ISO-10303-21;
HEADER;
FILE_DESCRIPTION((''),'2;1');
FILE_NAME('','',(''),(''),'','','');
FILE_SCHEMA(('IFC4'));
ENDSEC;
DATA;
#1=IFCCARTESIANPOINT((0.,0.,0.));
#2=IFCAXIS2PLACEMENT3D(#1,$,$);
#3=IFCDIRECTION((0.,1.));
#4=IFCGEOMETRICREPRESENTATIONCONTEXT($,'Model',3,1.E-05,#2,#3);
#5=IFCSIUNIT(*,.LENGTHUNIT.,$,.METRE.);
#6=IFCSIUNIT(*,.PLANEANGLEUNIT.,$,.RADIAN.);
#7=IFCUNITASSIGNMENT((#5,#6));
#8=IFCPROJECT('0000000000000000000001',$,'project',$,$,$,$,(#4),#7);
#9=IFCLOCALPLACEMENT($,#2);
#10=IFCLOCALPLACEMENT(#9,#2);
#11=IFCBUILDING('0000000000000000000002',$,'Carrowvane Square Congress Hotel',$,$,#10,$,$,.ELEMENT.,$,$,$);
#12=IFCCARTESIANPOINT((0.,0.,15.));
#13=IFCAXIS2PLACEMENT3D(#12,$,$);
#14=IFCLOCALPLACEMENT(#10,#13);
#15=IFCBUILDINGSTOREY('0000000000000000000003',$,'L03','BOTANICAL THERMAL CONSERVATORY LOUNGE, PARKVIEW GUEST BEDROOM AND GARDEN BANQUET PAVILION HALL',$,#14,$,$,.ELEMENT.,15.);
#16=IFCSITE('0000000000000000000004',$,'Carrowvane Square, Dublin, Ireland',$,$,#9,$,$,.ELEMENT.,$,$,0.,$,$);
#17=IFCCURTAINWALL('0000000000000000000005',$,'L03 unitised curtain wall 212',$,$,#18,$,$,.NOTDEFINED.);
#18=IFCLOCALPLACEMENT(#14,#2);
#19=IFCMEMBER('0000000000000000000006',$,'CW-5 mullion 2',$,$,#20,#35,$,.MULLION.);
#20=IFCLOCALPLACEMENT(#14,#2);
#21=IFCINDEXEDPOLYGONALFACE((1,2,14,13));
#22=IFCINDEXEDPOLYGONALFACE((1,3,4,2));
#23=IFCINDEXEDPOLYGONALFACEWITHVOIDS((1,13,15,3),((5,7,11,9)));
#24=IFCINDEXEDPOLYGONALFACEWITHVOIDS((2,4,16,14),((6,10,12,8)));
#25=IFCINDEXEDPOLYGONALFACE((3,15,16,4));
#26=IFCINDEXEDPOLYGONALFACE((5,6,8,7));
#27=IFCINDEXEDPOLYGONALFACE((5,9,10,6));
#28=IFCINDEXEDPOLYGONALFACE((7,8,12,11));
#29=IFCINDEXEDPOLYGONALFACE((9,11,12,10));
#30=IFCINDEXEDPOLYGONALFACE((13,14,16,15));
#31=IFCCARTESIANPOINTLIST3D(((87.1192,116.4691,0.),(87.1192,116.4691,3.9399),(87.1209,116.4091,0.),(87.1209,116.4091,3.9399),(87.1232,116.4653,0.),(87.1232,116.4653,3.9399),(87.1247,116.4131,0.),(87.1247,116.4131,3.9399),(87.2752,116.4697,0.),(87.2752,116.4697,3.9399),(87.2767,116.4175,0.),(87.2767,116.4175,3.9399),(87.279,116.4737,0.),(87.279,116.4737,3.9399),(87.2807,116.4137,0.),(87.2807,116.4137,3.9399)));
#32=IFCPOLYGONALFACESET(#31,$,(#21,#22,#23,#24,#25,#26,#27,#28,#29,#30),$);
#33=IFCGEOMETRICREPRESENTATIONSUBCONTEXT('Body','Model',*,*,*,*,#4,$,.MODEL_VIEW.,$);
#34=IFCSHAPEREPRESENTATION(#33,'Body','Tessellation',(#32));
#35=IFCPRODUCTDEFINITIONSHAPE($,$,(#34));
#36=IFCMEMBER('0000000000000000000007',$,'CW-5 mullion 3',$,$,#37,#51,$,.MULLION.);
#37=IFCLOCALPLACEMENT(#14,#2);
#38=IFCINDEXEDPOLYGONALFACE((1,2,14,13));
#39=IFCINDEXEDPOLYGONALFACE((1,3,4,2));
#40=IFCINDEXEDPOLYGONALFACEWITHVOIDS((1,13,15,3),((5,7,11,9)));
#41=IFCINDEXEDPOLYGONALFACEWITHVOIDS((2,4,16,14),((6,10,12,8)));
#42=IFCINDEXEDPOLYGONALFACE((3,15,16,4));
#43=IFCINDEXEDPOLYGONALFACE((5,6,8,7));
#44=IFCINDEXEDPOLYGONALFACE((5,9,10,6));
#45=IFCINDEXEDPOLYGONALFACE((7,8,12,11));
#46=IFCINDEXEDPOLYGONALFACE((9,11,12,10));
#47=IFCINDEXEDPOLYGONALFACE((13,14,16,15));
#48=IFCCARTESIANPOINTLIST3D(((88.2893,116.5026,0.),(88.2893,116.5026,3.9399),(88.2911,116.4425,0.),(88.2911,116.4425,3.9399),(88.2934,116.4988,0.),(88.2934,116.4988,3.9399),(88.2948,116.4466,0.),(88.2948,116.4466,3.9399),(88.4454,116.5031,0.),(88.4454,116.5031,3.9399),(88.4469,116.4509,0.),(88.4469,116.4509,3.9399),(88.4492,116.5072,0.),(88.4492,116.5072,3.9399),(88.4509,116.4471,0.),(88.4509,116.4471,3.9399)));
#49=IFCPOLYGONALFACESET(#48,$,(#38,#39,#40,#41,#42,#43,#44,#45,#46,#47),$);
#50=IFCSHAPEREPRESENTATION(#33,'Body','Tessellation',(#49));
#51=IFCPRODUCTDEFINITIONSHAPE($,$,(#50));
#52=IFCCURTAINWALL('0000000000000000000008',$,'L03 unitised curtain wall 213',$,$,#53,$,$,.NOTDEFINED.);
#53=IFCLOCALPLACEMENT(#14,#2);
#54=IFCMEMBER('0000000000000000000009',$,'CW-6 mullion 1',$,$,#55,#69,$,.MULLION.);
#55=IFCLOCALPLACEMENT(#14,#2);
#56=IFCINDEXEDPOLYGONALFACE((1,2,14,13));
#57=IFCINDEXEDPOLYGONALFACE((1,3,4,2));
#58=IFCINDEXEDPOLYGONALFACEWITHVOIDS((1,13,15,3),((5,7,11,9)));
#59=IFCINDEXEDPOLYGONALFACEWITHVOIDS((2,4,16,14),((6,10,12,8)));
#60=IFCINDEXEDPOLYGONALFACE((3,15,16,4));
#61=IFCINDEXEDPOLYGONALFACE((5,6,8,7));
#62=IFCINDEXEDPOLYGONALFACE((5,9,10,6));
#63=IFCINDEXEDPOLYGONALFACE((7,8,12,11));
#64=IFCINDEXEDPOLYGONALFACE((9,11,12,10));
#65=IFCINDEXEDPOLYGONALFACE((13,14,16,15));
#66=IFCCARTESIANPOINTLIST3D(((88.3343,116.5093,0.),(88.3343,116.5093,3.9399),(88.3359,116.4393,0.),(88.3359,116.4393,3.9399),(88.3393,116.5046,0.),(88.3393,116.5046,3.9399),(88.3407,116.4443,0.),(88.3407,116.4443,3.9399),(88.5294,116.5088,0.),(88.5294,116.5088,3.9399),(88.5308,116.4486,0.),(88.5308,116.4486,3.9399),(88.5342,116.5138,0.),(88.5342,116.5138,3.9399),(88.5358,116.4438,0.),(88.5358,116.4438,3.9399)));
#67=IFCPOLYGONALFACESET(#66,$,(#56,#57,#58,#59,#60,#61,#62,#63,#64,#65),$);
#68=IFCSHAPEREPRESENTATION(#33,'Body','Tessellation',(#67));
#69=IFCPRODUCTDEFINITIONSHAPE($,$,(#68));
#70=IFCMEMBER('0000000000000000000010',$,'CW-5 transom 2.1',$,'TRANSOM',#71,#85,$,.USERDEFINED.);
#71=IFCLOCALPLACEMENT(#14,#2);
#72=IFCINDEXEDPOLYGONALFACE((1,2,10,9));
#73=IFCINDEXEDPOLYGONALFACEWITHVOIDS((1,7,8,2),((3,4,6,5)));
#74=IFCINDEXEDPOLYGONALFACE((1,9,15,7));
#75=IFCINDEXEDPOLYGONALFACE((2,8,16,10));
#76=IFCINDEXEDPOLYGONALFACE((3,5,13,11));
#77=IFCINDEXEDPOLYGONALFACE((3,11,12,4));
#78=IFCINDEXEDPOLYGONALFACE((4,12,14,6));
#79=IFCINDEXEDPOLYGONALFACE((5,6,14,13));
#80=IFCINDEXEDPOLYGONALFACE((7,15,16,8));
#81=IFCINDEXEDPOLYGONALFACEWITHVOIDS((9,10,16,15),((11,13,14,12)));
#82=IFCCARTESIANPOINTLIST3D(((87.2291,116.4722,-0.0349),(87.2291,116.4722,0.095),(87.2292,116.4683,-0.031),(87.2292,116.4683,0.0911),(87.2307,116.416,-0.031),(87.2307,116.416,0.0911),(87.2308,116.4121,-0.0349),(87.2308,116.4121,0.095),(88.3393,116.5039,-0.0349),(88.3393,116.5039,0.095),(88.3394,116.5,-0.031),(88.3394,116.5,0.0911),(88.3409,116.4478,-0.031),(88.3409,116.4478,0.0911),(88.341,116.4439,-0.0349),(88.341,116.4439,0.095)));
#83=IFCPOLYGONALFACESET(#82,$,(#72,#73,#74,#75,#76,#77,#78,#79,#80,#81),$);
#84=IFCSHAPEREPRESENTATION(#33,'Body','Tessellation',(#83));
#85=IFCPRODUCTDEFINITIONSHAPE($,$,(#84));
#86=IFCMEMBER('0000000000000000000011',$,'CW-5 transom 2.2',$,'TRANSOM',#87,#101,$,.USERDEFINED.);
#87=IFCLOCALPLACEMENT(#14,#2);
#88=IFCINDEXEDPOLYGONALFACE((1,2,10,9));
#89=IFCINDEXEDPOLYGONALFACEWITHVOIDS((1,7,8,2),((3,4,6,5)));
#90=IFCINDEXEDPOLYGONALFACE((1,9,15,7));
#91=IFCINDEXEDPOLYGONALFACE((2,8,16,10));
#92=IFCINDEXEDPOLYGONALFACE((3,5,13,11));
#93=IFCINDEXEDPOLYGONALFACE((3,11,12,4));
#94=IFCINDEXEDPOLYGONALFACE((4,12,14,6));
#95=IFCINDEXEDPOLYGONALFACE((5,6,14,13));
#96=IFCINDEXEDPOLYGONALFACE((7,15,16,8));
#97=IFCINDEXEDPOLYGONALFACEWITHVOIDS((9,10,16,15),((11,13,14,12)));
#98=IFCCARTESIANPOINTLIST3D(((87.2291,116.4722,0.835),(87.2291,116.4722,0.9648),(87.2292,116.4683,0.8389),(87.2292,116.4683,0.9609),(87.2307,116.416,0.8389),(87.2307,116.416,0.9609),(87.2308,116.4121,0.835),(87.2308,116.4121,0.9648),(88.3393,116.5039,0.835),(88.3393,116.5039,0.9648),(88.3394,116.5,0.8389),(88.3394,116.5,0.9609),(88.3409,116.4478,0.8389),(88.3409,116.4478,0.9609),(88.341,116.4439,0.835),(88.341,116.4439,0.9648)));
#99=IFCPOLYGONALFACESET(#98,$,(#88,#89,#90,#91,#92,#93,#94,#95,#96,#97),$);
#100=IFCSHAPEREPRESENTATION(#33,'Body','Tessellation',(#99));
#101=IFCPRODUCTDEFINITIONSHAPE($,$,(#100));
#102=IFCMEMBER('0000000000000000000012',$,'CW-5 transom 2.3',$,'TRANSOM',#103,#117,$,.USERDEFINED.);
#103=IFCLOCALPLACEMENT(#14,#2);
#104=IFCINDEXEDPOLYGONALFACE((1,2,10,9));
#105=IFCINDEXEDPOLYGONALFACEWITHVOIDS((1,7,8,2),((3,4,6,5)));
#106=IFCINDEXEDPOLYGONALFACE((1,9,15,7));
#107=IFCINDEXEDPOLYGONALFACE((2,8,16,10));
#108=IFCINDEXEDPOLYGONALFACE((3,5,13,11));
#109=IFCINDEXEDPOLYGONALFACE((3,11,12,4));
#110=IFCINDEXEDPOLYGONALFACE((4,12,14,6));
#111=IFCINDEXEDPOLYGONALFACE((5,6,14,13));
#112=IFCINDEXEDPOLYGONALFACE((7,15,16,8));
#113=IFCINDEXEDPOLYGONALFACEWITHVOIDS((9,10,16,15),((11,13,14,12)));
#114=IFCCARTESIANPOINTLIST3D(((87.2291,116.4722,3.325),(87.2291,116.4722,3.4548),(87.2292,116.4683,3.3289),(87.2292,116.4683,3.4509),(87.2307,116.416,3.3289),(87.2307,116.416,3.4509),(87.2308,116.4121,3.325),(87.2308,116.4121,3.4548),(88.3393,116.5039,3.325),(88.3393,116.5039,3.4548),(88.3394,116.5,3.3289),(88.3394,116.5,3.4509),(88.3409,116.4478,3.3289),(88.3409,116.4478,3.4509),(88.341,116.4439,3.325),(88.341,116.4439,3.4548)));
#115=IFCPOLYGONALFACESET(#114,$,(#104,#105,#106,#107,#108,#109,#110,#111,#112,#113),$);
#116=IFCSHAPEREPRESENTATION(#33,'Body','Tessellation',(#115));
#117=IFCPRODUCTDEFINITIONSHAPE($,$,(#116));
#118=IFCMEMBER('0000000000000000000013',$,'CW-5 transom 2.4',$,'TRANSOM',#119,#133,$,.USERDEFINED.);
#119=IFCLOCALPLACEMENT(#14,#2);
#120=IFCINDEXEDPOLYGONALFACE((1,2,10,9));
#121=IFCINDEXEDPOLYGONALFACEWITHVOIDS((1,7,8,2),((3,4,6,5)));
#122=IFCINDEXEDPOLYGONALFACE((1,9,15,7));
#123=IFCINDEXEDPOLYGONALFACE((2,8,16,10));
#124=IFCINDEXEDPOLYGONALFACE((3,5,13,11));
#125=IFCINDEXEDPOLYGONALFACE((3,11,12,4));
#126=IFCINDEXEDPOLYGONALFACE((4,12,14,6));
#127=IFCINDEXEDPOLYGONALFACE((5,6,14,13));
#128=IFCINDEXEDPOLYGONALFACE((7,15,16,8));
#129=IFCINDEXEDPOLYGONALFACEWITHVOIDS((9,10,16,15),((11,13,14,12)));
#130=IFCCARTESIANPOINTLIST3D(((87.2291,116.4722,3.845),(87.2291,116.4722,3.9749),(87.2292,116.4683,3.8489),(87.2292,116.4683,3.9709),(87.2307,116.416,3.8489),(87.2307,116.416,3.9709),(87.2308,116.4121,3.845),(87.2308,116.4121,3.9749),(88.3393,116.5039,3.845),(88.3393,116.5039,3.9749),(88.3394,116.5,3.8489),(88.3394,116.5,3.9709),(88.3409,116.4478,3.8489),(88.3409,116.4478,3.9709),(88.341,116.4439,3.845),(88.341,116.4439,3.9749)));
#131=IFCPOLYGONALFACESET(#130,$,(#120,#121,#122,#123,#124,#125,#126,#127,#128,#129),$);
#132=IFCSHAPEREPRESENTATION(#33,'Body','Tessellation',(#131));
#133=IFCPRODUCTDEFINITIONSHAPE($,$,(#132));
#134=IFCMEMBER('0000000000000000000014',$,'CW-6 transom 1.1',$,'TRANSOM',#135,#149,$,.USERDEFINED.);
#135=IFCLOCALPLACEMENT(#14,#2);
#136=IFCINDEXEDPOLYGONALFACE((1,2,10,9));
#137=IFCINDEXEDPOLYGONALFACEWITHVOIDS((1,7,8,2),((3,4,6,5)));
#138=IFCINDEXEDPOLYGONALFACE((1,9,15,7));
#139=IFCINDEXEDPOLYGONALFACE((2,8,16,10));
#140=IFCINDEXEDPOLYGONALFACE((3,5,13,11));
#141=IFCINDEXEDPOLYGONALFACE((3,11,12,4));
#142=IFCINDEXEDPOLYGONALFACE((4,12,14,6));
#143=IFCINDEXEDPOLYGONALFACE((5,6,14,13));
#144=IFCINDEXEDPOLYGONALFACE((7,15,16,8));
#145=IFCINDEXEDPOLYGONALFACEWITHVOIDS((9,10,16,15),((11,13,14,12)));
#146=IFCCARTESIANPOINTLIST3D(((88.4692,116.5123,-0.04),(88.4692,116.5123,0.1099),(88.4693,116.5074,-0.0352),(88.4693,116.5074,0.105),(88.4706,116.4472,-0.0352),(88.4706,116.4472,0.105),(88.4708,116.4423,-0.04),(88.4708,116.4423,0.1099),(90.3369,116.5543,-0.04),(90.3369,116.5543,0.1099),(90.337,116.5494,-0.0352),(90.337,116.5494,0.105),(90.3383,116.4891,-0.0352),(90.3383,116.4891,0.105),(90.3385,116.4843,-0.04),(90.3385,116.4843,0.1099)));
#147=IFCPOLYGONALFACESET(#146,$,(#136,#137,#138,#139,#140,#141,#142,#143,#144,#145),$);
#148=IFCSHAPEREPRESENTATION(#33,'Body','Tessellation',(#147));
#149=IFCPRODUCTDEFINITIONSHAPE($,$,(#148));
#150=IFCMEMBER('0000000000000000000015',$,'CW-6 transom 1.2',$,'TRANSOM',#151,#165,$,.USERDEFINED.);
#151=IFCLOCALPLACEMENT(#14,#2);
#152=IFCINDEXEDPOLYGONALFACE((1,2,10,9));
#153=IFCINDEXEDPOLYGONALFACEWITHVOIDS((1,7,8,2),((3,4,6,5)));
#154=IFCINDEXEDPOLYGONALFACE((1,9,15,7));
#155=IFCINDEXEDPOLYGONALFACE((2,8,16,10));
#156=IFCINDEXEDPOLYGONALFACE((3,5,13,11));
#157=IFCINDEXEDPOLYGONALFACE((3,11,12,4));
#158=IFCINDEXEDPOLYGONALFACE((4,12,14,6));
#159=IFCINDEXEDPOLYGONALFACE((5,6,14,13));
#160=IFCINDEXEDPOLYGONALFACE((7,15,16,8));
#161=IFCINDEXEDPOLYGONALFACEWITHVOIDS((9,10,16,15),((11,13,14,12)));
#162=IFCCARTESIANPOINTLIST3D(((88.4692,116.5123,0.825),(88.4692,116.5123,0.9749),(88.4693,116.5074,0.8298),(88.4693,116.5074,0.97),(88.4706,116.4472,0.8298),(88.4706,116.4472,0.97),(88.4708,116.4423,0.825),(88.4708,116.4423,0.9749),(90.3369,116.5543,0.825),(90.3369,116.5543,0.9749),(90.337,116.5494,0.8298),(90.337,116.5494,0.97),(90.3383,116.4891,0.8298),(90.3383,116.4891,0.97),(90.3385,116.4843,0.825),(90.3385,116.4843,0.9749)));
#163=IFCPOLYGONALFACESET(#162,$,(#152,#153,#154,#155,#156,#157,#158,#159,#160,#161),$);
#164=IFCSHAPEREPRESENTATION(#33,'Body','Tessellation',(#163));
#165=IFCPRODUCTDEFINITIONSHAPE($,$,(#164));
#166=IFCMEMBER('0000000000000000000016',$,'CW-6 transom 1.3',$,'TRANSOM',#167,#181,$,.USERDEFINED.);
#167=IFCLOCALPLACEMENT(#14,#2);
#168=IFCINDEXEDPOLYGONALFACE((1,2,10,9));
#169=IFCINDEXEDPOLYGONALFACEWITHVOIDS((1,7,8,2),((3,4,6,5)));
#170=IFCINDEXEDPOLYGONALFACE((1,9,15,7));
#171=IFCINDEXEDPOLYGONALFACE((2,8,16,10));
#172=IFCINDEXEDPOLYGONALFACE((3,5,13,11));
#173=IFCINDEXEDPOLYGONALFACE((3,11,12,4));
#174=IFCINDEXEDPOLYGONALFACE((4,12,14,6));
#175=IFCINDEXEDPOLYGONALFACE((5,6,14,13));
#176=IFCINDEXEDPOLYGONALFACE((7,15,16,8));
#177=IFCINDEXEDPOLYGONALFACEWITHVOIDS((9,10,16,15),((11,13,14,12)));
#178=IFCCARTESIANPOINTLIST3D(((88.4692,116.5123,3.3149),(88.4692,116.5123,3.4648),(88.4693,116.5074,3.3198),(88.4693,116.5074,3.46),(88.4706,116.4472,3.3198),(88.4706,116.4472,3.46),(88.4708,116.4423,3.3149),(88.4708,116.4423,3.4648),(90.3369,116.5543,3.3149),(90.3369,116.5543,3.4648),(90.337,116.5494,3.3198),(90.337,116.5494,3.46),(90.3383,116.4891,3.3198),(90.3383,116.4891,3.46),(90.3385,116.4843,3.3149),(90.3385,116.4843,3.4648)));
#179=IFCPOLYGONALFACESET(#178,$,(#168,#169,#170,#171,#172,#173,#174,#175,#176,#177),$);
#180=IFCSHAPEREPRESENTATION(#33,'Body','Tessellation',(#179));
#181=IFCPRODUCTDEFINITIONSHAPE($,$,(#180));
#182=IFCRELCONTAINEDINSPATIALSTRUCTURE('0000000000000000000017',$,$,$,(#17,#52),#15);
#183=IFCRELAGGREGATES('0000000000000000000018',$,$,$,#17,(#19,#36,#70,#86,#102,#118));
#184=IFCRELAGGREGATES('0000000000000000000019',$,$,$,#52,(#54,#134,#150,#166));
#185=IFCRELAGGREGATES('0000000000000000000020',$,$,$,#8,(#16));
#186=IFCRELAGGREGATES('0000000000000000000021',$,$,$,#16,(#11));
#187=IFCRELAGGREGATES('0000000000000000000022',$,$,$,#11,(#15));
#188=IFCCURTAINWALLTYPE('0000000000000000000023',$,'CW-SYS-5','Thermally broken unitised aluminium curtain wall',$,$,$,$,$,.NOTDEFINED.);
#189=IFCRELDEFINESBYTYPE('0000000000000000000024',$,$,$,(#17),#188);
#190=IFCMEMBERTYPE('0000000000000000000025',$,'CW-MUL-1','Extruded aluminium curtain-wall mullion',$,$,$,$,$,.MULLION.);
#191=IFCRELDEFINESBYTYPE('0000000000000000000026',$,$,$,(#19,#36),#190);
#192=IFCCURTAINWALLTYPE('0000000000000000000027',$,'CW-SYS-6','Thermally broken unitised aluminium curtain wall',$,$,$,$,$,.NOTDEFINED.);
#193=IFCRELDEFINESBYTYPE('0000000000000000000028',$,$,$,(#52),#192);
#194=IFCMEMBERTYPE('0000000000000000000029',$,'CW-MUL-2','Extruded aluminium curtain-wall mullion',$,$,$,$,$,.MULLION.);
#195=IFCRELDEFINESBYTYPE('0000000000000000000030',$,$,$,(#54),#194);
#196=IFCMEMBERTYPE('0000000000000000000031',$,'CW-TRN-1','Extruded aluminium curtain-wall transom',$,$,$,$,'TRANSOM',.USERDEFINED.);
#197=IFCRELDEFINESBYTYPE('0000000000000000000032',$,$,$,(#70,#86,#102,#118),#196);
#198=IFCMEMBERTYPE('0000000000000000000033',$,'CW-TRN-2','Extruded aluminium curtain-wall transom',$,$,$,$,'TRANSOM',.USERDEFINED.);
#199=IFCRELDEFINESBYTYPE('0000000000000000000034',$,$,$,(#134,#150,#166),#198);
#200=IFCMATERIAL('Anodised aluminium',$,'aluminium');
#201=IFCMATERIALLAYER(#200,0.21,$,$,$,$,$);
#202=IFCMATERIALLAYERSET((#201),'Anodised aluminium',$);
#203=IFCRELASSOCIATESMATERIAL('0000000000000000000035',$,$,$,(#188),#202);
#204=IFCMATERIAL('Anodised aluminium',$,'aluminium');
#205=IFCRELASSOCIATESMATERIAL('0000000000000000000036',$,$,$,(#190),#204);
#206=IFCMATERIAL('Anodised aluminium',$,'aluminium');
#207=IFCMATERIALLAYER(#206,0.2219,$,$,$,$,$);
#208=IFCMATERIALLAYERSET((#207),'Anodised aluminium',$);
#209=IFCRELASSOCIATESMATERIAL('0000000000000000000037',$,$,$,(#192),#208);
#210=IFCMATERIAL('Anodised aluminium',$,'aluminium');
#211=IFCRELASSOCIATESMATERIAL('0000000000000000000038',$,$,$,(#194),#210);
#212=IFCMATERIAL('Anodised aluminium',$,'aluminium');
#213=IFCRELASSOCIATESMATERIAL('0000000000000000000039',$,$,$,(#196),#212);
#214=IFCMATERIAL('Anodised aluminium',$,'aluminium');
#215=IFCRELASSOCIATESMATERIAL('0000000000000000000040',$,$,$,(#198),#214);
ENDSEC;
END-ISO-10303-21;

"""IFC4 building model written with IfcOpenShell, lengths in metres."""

from ifc_helpers import new_model, si_unit, direction, frame, origin, origin_2d, place, context, subcontext, project, spatial, hollow_rectangle, extrude, material, layer, layer_set, material_profile, profile_set, type_object, element, aggregate, save


model = new_model("IFC4")

# Units and contexts
model_context = context("Model", 3, precision=1e-05, world=origin(), true_north=direction((0.0, 1.0)))
body_context = subcontext(model_context, "Body", "Model", "MODEL_VIEW")
ifc_project = project(units=[si_unit("LENGTHUNIT", "METRE"), si_unit("PLANEANGLEUNIT", "RADIAN")], contexts=[model_context])

# Site, building, storey
site_placement = place(None, origin())
site = spatial("IfcSite", under=ifc_project, at=site_placement, Name="Carrowvane Square, Dublin, Ireland", CompositionType="ELEMENT", RefElevation=0.0)
building_placement = place(site_placement, origin())
building = spatial("IfcBuilding", under=site, at=building_placement, Name="Carrowvane Square Congress Hotel", CompositionType="ELEMENT")
storey_placement = place(building_placement, frame((0.0, 0.0, 15.0)))
storey = spatial("IfcBuildingStorey", under=building, at=storey_placement, Name="L03", Description="BOTANICAL THERMAL CONSERVATORY LOUNGE, PARKVIEW GUEST BEDROOM AND GARDEN BANQUET PAVILION HALL", CompositionType="ELEMENT", Elevation=15.0)

# Curtain wall, members
ifc_material_1 = material(Name="Anodised aluminium", Category="aluminium")
ifc_layer_1 = layer(ifc_material_1, 0.21)
ifc_layer_set_1 = layer_set([ifc_layer_1], Name="Anodised aluminium")
curtain_wall_type_1 = type_object("IfcCurtainWallType", Name="CW-SYS-5", Description="Thermally broken unitised aluminium curtain wall", PredefinedType="NOTDEFINED", material=ifc_layer_set_1)
curtain_wall_1_placement = place(storey_placement, origin())
curtain_wall_1 = element("IfcCurtainWall", 1, at=curtain_wall_1_placement, inside=storey, type_object=curtain_wall_type_1, Name="L03 unitised curtain wall 212", PredefinedType="NOTDEFINED")
ifc_material_2 = material(Name="Anodised aluminium", Category="aluminium")
ifc_material_profile_1 = material_profile(ifc_material_2, hollow_rectangle(XDim=0.0601, YDim=0.1599, WallThickness=0.0039, at=origin_2d()), Name="CW-ML 60x160x4")
ifc_profile_set_1 = profile_set([ifc_material_profile_1], Name="Anodised aluminium")
member_type_1 = type_object("IfcMemberType", Name="CW-MUL-1", Description="Extruded aluminium curtain-wall mullion", PredefinedType="MULLION", material=ifc_profile_set_1)
member_1_placement = place(storey_placement, frame((87.2, 116.4414, 0.0), z_axis=(0.0, 0.0, 1.0), x_axis=(-0.028638, 0.99959, 0.0)))
member_1 = element("IfcMember", 2, at=member_1_placement, type_object=member_type_1, Name="CW-5 mullion 2", PredefinedType="MULLION", context=body_context, shape_type="SweptSolid", body=[
    extrude(hollow_rectangle(XDim=0.0601, YDim=0.1599, WallThickness=0.0039, at=origin_2d()), origin(), (0.0, 0.0, 1.0), 3.9399),
])
member_2_placement = place(storey_placement, frame((88.3701, 116.4749, 0.0), z_axis=(0.0, 0.0, 1.0), x_axis=(-0.028638, 0.99959, 0.0)))
member_2 = element("IfcMember", 3, at=member_2_placement, type_object=member_type_1, Name="CW-5 mullion 3", PredefinedType="MULLION", context=body_context, shape_type="SweptSolid", body=[
    extrude(hollow_rectangle(XDim=0.0601, YDim=0.1599, WallThickness=0.0039, at=origin_2d()), origin(), (0.0, 0.0, 1.0), 3.9399),
])

# Curtain wall, member
ifc_material_3 = material(Name="Anodised aluminium", Category="aluminium")
ifc_layer_2 = layer(ifc_material_3, 0.2219)
ifc_layer_set_2 = layer_set([ifc_layer_2], Name="Anodised aluminium")
curtain_wall_type_2 = type_object("IfcCurtainWallType", Name="CW-SYS-6", Description="Thermally broken unitised aluminium curtain wall", PredefinedType="NOTDEFINED", material=ifc_layer_set_2)
curtain_wall_2_placement = place(storey_placement, origin())
curtain_wall_2 = element("IfcCurtainWall", 4, at=curtain_wall_2_placement, inside=storey, type_object=curtain_wall_type_2, Name="L03 unitised curtain wall 213", PredefinedType="NOTDEFINED")
ifc_material_4 = material(Name="Anodised aluminium", Category="aluminium")
ifc_material_profile_2 = material_profile(ifc_material_4, hollow_rectangle(XDim=0.0701, YDim=0.2, WallThickness=0.0049, at=origin_2d()), Name="CW-ML 70x200x5")
ifc_profile_set_2 = profile_set([ifc_material_profile_2], Name="Anodised aluminium")
member_type_2 = type_object("IfcMemberType", Name="CW-MUL-2", Description="Extruded aluminium curtain-wall mullion", PredefinedType="MULLION", material=ifc_profile_set_2)
member_3_placement = place(storey_placement, frame((88.4351, 116.4766, 0.0), z_axis=(0.0, 0.0, 1.0), x_axis=(-0.022518, 0.999746, 0.0)))
member_3 = element("IfcMember", 5, at=member_3_placement, type_object=member_type_2, Name="CW-6 mullion 1", PredefinedType="MULLION", context=body_context, shape_type="SweptSolid", body=[
    extrude(hollow_rectangle(XDim=0.0701, YDim=0.2, WallThickness=0.0049, at=origin_2d()), origin(), (0.0, 0.0, 1.0), 3.9399),
])

# Members
ifc_material_5 = material(Name="Anodised aluminium", Category="aluminium")
ifc_material_profile_3 = material_profile(ifc_material_5, hollow_rectangle(XDim=0.0601, YDim=0.1299, WallThickness=0.0039, at=origin_2d()), Name="CW-TR 60x130x4")
ifc_profile_set_3 = profile_set([ifc_material_profile_3], Name="Anodised aluminium")
member_type_3 = type_object("IfcMemberType", Name="CW-TRN-1", Description="Extruded aluminium curtain-wall transom", ElementType="TRANSOM", PredefinedType="USERDEFINED", material=ifc_profile_set_3)
member_4_placement = place(storey_placement, frame((87.23, 116.4421, 0.03), z_axis=(0.999592, 0.028579, 0.0), x_axis=(-0.028579, 0.999592, 0.0)))
member_4 = element("IfcMember", 6, at=member_4_placement, type_object=member_type_3, Name="CW-5 transom 2.1", ObjectType="TRANSOM", PredefinedType="USERDEFINED", context=body_context, shape_type="SweptSolid", body=[
    extrude(hollow_rectangle(XDim=0.0601, YDim=0.1299, WallThickness=0.0039, at=origin_2d()), origin(), (0.0, 0.0, 1.0), 1.1106),
])
member_5_placement = place(storey_placement, frame((87.23, 116.4421, 0.8999), z_axis=(0.999592, 0.028579, 0.0), x_axis=(-0.028579, 0.999592, 0.0)))
member_5 = element("IfcMember", 7, at=member_5_placement, type_object=member_type_3, Name="CW-5 transom 2.2", ObjectType="TRANSOM", PredefinedType="USERDEFINED", context=body_context, shape_type="SweptSolid", body=[
    extrude(hollow_rectangle(XDim=0.0601, YDim=0.1299, WallThickness=0.0039, at=origin_2d()), origin(), (0.0, 0.0, 1.0), 1.1106),
])
member_6_placement = place(storey_placement, frame((87.23, 116.4421, 3.3899), z_axis=(0.999592, 0.028579, 0.0), x_axis=(-0.028579, 0.999592, 0.0)))
member_6 = element("IfcMember", 8, at=member_6_placement, type_object=member_type_3, Name="CW-5 transom 2.3", ObjectType="TRANSOM", PredefinedType="USERDEFINED", context=body_context, shape_type="SweptSolid", body=[
    extrude(hollow_rectangle(XDim=0.0601, YDim=0.1299, WallThickness=0.0039, at=origin_2d()), origin(), (0.0, 0.0, 1.0), 1.1106),
])
member_7_placement = place(storey_placement, frame((87.23, 116.4421, 3.9099), z_axis=(0.999592, 0.028579, 0.0), x_axis=(-0.028579, 0.999592, 0.0)))
member_7 = element("IfcMember", 9, at=member_7_placement, type_object=member_type_3, Name="CW-5 transom 2.4", ObjectType="TRANSOM", PredefinedType="USERDEFINED", context=body_context, shape_type="SweptSolid", body=[
    extrude(hollow_rectangle(XDim=0.0601, YDim=0.1299, WallThickness=0.0039, at=origin_2d()), origin(), (0.0, 0.0, 1.0), 1.1106),
])
ifc_material_6 = material(Name="Anodised aluminium", Category="aluminium")
ifc_material_profile_4 = material_profile(ifc_material_6, hollow_rectangle(XDim=0.0701, YDim=0.1499, WallThickness=0.0049, at=origin_2d()), Name="CW-TR 70x150x5")
ifc_profile_set_4 = profile_set([ifc_material_profile_4], Name="Anodised aluminium")
member_type_4 = type_object("IfcMemberType", Name="CW-TRN-2", Description="Extruded aluminium curtain-wall transom", ElementType="TRANSOM", PredefinedType="USERDEFINED", material=ifc_profile_set_4)
member_8_placement = place(storey_placement, frame((88.47, 116.4773, 0.0349), z_axis=(0.999747, 0.022478, 0.0), x_axis=(-0.022478, 0.999747, 0.0)))
member_8 = element("IfcMember", 10, at=member_8_placement, type_object=member_type_4, Name="CW-6 transom 1.1", ObjectType="TRANSOM", PredefinedType="USERDEFINED", context=body_context, shape_type="SweptSolid", body=[
    extrude(hollow_rectangle(XDim=0.0701, YDim=0.1499, WallThickness=0.0049, at=origin_2d()), origin(), (0.0, 0.0, 1.0), 1.8682),
])
member_9_placement = place(storey_placement, frame((88.47, 116.4773, 0.8999), z_axis=(0.999747, 0.022478, 0.0), x_axis=(-0.022478, 0.999747, 0.0)))
member_9 = element("IfcMember", 11, at=member_9_placement, type_object=member_type_4, Name="CW-6 transom 1.2", ObjectType="TRANSOM", PredefinedType="USERDEFINED", context=body_context, shape_type="SweptSolid", body=[
    extrude(hollow_rectangle(XDim=0.0701, YDim=0.1499, WallThickness=0.0049, at=origin_2d()), origin(), (0.0, 0.0, 1.0), 1.8682),
])
member_10_placement = place(storey_placement, frame((88.47, 116.4773, 3.3899), z_axis=(0.999747, 0.022478, 0.0), x_axis=(-0.022478, 0.999747, 0.0)))
member_10 = element("IfcMember", 12, at=member_10_placement, type_object=member_type_4, Name="CW-6 transom 1.3", ObjectType="TRANSOM", PredefinedType="USERDEFINED", context=body_context, shape_type="SweptSolid", body=[
    extrude(hollow_rectangle(XDim=0.0701, YDim=0.1499, WallThickness=0.0049, at=origin_2d()), origin(), (0.0, 0.0, 1.0), 1.8682),
])

aggregate(curtain_wall_1, [member_1, member_2, member_4, member_5, member_6, member_7])
aggregate(curtain_wall_2, [member_3, member_8, member_9, member_10])

save(model, "model.ifc")
